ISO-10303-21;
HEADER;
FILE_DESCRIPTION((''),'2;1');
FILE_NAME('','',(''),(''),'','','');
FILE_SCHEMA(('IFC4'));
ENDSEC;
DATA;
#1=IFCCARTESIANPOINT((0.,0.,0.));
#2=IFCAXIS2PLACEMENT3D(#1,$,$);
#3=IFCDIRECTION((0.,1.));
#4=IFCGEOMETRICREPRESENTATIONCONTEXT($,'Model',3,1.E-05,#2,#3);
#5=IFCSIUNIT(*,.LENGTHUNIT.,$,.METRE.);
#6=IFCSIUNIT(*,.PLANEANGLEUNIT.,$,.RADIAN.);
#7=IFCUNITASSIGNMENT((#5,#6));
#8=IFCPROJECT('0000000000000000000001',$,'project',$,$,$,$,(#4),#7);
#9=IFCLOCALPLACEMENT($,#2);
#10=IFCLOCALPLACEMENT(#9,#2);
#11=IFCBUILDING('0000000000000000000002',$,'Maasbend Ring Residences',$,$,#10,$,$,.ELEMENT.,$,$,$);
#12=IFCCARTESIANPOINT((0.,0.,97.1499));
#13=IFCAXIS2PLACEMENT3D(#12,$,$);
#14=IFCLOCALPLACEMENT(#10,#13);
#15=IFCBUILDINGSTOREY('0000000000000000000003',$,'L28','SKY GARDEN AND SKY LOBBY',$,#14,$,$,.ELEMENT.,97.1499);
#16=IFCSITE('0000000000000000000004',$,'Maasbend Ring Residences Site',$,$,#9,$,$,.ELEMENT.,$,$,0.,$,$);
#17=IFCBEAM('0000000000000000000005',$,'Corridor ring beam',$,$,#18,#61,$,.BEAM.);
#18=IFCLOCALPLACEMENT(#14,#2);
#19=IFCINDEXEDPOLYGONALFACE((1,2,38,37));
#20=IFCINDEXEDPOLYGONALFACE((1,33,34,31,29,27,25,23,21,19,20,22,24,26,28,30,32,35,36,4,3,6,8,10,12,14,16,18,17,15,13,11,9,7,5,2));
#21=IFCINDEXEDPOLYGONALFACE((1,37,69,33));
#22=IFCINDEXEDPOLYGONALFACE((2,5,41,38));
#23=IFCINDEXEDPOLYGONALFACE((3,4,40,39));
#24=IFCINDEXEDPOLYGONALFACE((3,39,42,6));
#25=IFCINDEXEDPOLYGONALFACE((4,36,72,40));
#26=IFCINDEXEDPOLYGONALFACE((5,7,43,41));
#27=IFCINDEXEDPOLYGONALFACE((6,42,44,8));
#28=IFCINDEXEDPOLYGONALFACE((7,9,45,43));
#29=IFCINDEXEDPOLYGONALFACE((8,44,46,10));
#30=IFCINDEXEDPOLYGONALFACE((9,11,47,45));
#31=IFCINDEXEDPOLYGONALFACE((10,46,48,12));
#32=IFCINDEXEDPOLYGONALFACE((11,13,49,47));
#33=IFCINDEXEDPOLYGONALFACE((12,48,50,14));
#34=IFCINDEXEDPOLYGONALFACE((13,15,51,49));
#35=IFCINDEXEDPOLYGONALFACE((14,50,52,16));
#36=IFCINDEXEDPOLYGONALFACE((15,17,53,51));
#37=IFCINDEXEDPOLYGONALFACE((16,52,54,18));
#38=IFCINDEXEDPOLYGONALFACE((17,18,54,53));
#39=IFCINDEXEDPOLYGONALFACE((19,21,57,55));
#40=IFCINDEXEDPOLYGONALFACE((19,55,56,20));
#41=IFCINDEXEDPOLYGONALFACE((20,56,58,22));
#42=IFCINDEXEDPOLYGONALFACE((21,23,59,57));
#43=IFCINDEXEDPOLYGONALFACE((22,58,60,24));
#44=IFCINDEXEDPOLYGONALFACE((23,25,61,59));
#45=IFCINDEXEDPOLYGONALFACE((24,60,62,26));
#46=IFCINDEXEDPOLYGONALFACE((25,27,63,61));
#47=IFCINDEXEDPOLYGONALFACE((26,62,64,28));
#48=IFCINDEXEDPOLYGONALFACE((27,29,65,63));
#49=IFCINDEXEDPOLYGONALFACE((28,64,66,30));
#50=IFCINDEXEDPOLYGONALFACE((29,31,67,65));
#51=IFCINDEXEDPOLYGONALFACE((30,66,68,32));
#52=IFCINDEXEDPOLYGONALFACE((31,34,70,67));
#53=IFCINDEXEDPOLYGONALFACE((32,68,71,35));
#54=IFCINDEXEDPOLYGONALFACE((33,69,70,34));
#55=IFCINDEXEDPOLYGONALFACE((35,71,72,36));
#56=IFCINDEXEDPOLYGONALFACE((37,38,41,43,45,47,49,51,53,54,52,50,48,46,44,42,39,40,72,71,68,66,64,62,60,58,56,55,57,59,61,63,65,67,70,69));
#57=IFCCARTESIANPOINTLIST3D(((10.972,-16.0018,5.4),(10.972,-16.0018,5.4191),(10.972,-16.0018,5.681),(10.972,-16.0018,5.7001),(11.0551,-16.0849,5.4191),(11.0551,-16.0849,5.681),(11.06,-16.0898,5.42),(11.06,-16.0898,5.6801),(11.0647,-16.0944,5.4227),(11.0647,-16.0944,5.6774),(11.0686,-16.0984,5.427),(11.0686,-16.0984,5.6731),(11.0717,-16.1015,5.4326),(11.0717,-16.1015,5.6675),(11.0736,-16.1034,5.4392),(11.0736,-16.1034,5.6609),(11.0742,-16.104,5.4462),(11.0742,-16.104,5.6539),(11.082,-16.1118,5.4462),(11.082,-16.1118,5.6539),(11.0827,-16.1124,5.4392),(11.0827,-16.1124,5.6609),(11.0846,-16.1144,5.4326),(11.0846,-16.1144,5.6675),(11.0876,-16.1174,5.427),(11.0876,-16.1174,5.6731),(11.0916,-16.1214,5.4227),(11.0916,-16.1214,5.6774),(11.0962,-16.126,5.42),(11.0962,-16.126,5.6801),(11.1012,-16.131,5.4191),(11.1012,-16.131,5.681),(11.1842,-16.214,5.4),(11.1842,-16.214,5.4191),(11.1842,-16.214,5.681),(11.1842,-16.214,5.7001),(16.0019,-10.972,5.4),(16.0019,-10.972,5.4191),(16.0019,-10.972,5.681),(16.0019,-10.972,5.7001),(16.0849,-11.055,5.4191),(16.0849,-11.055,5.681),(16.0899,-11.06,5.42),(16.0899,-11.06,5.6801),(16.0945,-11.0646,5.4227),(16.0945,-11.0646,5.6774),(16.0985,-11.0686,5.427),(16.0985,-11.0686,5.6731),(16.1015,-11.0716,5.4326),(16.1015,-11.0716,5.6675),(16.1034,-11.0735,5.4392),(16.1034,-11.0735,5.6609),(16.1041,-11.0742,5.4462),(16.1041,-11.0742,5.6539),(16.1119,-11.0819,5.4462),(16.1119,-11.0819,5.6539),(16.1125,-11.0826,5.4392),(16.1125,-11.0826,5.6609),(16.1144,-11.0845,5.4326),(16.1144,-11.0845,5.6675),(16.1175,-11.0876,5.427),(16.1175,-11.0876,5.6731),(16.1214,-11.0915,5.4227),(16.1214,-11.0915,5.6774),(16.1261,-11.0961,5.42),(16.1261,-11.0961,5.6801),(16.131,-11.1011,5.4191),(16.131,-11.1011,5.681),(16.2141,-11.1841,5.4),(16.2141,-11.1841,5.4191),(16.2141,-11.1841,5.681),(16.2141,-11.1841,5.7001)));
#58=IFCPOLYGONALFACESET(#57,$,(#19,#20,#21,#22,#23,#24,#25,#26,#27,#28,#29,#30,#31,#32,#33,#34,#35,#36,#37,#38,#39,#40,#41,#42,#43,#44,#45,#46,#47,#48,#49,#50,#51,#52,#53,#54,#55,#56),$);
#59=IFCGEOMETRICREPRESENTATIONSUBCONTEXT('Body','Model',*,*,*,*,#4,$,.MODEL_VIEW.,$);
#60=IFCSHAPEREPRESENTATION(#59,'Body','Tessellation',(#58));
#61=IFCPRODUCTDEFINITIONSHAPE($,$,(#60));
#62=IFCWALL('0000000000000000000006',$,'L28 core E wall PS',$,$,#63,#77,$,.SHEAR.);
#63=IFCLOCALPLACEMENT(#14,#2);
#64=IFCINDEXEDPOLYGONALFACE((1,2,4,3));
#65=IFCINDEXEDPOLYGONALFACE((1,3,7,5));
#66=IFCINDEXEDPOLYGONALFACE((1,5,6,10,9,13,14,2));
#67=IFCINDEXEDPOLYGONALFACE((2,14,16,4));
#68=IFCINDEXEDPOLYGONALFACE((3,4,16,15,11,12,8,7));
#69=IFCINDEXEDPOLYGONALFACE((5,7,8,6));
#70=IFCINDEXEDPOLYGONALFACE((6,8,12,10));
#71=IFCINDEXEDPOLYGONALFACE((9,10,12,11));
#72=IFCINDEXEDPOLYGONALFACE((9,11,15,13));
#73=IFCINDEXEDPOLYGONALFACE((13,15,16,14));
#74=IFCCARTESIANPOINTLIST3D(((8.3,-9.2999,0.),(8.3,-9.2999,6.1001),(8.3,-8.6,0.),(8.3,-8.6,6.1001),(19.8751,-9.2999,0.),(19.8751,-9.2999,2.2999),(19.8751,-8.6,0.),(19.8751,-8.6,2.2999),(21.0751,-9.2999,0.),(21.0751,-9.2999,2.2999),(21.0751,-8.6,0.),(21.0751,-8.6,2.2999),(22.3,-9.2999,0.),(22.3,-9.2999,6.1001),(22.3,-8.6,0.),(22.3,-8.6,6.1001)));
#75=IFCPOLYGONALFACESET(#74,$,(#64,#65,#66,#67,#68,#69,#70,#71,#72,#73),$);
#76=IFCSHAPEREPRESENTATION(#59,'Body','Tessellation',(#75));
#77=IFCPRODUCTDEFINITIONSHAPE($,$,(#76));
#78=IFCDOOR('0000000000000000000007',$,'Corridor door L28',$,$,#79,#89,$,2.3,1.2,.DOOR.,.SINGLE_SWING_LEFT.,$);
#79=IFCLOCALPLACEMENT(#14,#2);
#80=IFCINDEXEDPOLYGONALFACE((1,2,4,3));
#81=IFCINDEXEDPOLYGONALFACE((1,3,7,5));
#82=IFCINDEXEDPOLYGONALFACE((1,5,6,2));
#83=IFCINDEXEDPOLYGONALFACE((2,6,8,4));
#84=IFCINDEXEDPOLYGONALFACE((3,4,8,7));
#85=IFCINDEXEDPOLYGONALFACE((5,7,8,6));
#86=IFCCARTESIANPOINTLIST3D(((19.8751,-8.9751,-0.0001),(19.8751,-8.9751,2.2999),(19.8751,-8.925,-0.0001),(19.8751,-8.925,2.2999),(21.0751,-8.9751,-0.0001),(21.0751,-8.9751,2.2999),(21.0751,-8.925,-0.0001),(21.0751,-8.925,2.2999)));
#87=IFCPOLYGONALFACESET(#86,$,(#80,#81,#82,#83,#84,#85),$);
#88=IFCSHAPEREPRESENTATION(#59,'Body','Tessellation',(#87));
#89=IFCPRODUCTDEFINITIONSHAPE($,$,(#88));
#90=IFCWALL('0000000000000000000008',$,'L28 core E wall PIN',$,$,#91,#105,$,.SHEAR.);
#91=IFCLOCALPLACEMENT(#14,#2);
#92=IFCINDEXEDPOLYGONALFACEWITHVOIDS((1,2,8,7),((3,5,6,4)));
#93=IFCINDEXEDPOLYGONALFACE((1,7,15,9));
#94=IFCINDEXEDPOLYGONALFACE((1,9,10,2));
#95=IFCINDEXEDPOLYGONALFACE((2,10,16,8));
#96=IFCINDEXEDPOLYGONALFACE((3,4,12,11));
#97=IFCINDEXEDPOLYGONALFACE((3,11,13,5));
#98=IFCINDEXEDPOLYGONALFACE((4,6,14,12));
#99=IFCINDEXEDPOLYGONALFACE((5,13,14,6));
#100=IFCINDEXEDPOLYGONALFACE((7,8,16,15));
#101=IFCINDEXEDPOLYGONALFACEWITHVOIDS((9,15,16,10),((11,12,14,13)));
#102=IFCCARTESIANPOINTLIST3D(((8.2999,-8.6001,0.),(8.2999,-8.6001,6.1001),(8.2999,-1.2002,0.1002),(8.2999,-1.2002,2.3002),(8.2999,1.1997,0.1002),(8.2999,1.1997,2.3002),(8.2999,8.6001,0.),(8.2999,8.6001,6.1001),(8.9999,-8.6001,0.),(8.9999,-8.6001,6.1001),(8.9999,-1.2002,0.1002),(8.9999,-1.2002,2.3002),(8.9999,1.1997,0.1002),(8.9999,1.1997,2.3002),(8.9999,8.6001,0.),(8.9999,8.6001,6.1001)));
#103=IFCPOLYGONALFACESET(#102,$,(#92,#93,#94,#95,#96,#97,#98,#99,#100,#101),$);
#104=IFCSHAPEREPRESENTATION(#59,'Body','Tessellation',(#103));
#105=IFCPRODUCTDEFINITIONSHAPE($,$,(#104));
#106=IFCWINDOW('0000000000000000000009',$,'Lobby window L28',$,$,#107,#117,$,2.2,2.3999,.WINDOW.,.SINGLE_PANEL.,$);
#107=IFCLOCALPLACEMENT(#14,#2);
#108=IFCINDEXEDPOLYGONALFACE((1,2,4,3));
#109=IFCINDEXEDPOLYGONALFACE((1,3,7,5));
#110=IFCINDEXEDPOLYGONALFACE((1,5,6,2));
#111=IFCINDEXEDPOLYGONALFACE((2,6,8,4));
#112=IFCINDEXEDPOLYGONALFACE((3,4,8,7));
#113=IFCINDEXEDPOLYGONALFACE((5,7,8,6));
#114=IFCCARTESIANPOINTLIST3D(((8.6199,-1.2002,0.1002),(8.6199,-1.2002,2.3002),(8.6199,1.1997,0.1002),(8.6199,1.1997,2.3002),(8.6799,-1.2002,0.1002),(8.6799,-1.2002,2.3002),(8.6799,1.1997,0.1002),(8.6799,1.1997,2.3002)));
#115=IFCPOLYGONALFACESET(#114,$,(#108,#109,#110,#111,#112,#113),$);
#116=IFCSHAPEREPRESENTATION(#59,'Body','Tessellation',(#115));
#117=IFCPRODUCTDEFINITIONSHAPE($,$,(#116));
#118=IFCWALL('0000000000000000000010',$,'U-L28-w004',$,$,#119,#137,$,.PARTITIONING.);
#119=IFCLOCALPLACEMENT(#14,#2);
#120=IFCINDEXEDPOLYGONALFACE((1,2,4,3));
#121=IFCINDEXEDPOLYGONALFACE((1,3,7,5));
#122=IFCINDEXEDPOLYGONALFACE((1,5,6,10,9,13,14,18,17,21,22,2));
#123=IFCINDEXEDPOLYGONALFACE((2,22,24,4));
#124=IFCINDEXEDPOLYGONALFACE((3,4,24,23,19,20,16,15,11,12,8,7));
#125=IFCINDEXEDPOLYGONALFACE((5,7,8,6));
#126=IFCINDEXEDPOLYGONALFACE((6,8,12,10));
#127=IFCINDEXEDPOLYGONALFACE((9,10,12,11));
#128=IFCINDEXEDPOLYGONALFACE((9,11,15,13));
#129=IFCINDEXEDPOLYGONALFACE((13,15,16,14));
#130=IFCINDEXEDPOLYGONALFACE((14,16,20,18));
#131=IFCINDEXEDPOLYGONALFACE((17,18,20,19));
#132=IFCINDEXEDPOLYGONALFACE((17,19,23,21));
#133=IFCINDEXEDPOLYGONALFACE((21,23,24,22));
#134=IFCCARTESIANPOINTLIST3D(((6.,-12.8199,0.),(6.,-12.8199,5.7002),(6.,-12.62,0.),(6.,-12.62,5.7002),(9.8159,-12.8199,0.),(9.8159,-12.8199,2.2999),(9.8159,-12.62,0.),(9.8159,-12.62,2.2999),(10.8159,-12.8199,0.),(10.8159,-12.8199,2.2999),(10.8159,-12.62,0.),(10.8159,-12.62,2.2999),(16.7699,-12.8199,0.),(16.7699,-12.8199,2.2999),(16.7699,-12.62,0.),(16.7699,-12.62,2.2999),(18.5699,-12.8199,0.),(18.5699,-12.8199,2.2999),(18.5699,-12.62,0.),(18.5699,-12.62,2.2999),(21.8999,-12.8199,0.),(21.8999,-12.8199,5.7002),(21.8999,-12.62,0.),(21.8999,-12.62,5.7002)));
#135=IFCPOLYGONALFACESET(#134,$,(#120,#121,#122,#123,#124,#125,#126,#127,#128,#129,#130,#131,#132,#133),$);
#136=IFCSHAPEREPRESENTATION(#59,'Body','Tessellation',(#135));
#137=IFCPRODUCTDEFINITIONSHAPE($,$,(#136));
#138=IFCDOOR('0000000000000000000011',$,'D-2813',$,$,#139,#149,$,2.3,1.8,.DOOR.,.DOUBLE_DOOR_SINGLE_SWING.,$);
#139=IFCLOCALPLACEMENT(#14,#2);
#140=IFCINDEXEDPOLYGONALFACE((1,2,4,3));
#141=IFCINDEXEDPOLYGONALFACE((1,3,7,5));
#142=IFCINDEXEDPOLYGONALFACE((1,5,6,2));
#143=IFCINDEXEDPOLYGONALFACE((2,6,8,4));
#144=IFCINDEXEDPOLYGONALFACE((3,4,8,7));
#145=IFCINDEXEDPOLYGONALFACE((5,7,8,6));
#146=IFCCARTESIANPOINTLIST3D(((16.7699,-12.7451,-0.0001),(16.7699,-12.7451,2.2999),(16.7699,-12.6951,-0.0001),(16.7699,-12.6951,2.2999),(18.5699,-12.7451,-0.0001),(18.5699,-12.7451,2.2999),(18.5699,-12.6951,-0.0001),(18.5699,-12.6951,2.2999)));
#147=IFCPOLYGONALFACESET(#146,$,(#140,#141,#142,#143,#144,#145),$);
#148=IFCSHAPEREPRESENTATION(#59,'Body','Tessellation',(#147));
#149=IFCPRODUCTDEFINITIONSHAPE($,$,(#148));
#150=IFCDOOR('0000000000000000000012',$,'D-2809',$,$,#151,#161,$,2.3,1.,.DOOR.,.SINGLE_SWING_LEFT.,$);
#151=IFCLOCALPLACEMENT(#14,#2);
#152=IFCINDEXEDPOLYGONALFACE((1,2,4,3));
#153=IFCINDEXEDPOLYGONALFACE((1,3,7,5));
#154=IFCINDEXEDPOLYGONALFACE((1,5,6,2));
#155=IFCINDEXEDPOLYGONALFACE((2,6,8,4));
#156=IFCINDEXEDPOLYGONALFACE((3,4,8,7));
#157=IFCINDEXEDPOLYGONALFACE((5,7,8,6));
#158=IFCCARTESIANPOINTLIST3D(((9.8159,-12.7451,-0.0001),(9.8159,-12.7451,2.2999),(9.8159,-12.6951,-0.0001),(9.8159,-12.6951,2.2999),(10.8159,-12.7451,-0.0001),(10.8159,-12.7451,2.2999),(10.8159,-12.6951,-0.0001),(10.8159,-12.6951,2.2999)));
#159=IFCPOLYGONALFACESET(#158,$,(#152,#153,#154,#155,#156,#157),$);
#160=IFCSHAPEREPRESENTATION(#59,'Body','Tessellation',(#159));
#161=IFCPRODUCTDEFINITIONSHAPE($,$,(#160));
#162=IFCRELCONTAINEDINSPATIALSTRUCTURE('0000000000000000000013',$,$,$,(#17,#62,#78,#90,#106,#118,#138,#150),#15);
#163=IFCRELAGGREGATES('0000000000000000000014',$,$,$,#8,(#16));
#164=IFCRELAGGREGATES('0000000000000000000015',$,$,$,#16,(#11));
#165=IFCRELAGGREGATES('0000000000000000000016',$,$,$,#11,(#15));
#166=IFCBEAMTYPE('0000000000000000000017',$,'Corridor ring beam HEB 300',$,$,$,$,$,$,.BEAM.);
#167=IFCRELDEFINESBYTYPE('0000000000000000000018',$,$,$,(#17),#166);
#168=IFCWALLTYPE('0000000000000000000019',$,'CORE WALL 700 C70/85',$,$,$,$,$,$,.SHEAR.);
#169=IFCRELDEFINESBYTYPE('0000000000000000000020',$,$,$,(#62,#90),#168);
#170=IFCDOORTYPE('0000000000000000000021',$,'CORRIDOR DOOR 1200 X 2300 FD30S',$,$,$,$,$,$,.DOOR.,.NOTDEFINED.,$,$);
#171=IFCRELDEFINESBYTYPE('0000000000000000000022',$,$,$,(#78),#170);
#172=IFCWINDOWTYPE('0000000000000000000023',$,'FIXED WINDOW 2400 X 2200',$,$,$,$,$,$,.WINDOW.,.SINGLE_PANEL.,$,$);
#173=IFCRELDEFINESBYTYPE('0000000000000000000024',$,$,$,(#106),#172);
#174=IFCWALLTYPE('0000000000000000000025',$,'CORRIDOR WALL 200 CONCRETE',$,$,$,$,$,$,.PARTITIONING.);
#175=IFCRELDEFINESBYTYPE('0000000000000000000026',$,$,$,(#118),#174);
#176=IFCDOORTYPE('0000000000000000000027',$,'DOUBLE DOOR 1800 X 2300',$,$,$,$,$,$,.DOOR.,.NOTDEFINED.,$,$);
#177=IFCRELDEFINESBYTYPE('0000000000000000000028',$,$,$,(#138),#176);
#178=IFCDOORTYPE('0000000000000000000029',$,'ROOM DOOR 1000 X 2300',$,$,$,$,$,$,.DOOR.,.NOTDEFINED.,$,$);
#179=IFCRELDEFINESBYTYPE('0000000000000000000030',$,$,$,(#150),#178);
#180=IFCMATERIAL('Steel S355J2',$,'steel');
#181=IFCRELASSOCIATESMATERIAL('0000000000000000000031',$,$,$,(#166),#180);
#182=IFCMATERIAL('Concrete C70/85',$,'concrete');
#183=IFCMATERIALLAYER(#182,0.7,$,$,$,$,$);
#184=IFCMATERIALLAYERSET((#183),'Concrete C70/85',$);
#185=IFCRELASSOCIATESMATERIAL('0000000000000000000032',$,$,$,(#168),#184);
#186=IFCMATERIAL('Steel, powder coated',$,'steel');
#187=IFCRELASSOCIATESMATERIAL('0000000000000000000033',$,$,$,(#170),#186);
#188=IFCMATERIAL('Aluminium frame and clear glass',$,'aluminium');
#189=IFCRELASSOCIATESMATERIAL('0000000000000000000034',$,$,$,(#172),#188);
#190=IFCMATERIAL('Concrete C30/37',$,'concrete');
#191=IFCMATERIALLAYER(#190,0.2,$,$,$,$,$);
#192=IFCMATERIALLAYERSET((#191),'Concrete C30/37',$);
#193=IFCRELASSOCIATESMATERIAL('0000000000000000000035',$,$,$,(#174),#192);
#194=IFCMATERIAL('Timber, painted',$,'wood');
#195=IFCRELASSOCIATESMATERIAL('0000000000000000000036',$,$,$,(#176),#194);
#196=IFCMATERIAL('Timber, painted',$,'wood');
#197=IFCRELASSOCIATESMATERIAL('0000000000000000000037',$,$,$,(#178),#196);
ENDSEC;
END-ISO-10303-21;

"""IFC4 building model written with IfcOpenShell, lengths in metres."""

from ifc_helpers import new_model, si_unit, direction, frame, frame_2d, origin, origin_2d, place, context, subcontext, project, spatial, rectangle, i_section, extrude, material, layer, layer_set, material_profile, profile_set, type_object, element, fill, save


model = new_model("IFC4")

# Units and contexts
model_context = context("Model", 3, precision=1e-05, world=origin(), true_north=direction((0.0, 1.0)))
body_context = subcontext(model_context, "Body", "Model", "MODEL_VIEW")
ifc_project = project(units=[si_unit("LENGTHUNIT", "METRE"), si_unit("PLANEANGLEUNIT", "RADIAN")], contexts=[model_context])

# Site, building, storey
site_placement = place(None, origin())
site = spatial("IfcSite", under=ifc_project, at=site_placement, Name="Maasbend Ring Residences Site", CompositionType="ELEMENT", RefElevation=0.0)
building_placement = place(site_placement, origin())
building = spatial("IfcBuilding", under=site, at=building_placement, Name="Maasbend Ring Residences", CompositionType="ELEMENT")
storey_placement = place(building_placement, frame((0.0, 0.0, 97.1499)))
storey = spatial("IfcBuildingStorey", under=building, at=storey_placement, Name="L28", Description="SKY GARDEN AND SKY LOBBY", CompositionType="ELEMENT", Elevation=97.1499)

# Beam
ifc_material_1 = material(Name="Steel S355J2", Category="steel")
ifc_material_profile_1 = material_profile(ifc_material_1, i_section(OverallWidth=0.3, OverallDepth=0.3, WebThickness=0.011, FlangeThickness=0.019, FilletRadius=0.0271, at=origin_2d()), Name="HEB 300")
ifc_profile_set_1 = profile_set([ifc_material_profile_1], Name="Steel S355J2")
beam_type_1 = type_object("IfcBeamType", Name="Corridor ring beam HEB 300", PredefinedType="BEAM", material=ifc_profile_set_1)
for number, where, z_axis, x_axis, name in (
    (1, (11.0781, -16.1079, 5.55), (0.707107, 0.707107, 0.0), (-0.707107, 0.707107, 0.0), "Corridor ring beam"),
):
    element("IfcBeam", number, at=place(storey_placement, frame(where, z_axis=z_axis, x_axis=x_axis)), inside=storey, type_object=beam_type_1, Name=name, PredefinedType="BEAM", context=body_context, shape_type="SweptSolid", body=[
        extrude(i_section(OverallWidth=0.3, OverallDepth=0.3, WebThickness=0.011, FlangeThickness=0.019, FilletRadius=0.0271, at=origin_2d()), origin(), (0.0, 0.0, 1.0), 7.1133),
    ])

# Wall, opening, door
ifc_material_2 = material(Name="Concrete C70/85", Category="concrete")
ifc_layer_1 = layer(ifc_material_2, 0.7)
ifc_layer_set_1 = layer_set([ifc_layer_1], Name="Concrete C70/85")
wall_type_1 = type_object("IfcWallType", Name="CORE WALL 700 C70/85", PredefinedType="SHEAR", material=ifc_layer_set_1)
wall_1_placement = place(storey_placement, frame((8.3, -8.95, 0.0), z_axis=(0.0, 0.0, 1.0), x_axis=(1.0, 0.0, 0.0)))
wall_1 = element("IfcWall", 2, at=wall_1_placement, inside=storey, type_object=wall_type_1, Name="L28 core E wall PS", PredefinedType="SHEAR", context=body_context, shape_type="SweptSolid", body=[
    extrude(rectangle(XDim=14.0, YDim=0.7, at=frame_2d((7.0, 0.0))), origin(), (0.0, 0.0, 1.0), 6.1001),
])
opening_1_placement = place(wall_1_placement, frame((11.575, 0.0, 0.0)))
opening_1 = element("IfcOpeningElement", 3, at=opening_1_placement, cuts=wall_1, PredefinedType="OPENING", context=body_context, shape_type="SweptSolid", body=[
    extrude(rectangle(XDim=1.2, YDim=2.3, at=frame_2d((0.6001, 1.1499))), frame((0.0, 0.3599, 0.0), z_axis=(0.0, -1.0, 0.0), x_axis=(1.0, 0.0, 0.0)), (0.0, 0.0, 1.0), 0.72),
])
ifc_material_3 = material(Name="Steel, powder coated", Category="steel")
door_type_1 = type_object("IfcDoorType", Name="CORRIDOR DOOR 1200 X 2300 FD30S", OperationType="NOTDEFINED", PredefinedType="DOOR", material=ifc_material_3)
door_1_placement = place(opening_1_placement, origin())
door_1 = element("IfcDoor", 4, at=door_1_placement, inside=storey, type_object=door_type_1, Name="Corridor door L28", OperationType="SINGLE_SWING_LEFT", OverallHeight=2.3, OverallWidth=1.2, PredefinedType="DOOR", context=body_context, shape_type="SweptSolid", body=[
    extrude(rectangle(XDim=1.2, YDim=2.3, at=frame_2d((0.6001, 1.1499))), frame((0.0, 0.0249, 0.0), z_axis=(0.0, -1.0, 0.0), x_axis=(1.0, 0.0, 0.0)), (0.0, 0.0, 1.0), 0.05),
])
fill(opening_1, door_1)

# Wall, opening, window
wall_2_placement = place(storey_placement, frame((8.6499, -8.6001, 0.0), z_axis=(0.0, 0.0, 1.0), x_axis=(0.0, 1.0, 0.0)))
wall_2 = element("IfcWall", 5, at=wall_2_placement, inside=storey, type_object=wall_type_1, Name="L28 core E wall PIN", PredefinedType="SHEAR", context=body_context, shape_type="SweptSolid", body=[
    extrude(rectangle(XDim=17.2002, YDim=0.7, at=frame_2d((8.6001, 0.0))), origin(), (0.0, 0.0, 1.0), 6.1001),
])
opening_2_placement = place(wall_2_placement, frame((7.3999, 0.0, 0.1001)))
opening_2 = element("IfcOpeningElement", 6, at=opening_2_placement, cuts=wall_2, PredefinedType="OPENING", context=body_context, shape_type="SweptSolid", body=[
    extrude(rectangle(XDim=2.3999, YDim=2.2, at=frame_2d((1.2, 1.1001))), frame((0.0, 0.3599, 0.0), z_axis=(0.0, -1.0, 0.0), x_axis=(1.0, 0.0, 0.0)), (0.0, 0.0, 1.0), 0.72),
])
ifc_material_4 = material(Name="Aluminium frame and clear glass", Category="aluminium")
window_type = type_object("IfcWindowType", Name="FIXED WINDOW 2400 X 2200", PartitioningType="SINGLE_PANEL", PredefinedType="WINDOW", material=ifc_material_4)
window_placement = place(opening_2_placement, origin())
window = element("IfcWindow", 7, at=window_placement, inside=storey, type_object=window_type, Name="Lobby window L28", OverallHeight=2.2, OverallWidth=2.3999, PartitioningType="SINGLE_PANEL", PredefinedType="WINDOW", context=body_context, shape_type="SweptSolid", body=[
    extrude(rectangle(XDim=2.3999, YDim=2.2, at=frame_2d((1.2, 1.1001))), frame((0.0, 0.03, 0.0), z_axis=(0.0, -1.0, 0.0), x_axis=(1.0, 0.0, 0.0)), (0.0, 0.0, 1.0), 0.0601),
])
fill(opening_2, window)

# Wall, openings, doors
ifc_material_5 = material(Name="Concrete C30/37", Category="concrete")
ifc_layer_2 = layer(ifc_material_5, 0.2)
ifc_layer_set_2 = layer_set([ifc_layer_2], Name="Concrete C30/37")
wall_type_2 = type_object("IfcWallType", Name="CORRIDOR WALL 200 CONCRETE", PredefinedType="PARTITIONING", material=ifc_layer_set_2)
wall_3_placement = place(storey_placement, frame((6.0, -12.72, 0.0), z_axis=(0.0, 0.0, 1.0), x_axis=(1.0, 0.0, 0.0)))
wall_3 = element("IfcWall", 8, at=wall_3_placement, inside=storey, type_object=wall_type_2, Name="U-L28-w004", PredefinedType="PARTITIONING", context=body_context, shape_type="SweptSolid", body=[
    extrude(rectangle(XDim=15.8999, YDim=0.2, at=frame_2d((7.95, 0.0))), origin(), (0.0, 0.0, 1.0), 5.7002),
])
opening_3_placement = place(wall_3_placement, frame((3.8159, 0.0, 0.0)))
opening_3 = element("IfcOpeningElement", 9, at=opening_3_placement, cuts=wall_3, PredefinedType="OPENING", context=body_context, shape_type="SweptSolid", body=[
    extrude(rectangle(XDim=1.0, YDim=2.3, at=frame_2d((0.5, 1.1499))), frame((0.0, 0.1099, 0.0), z_axis=(0.0, -1.0, 0.0), x_axis=(1.0, 0.0, 0.0)), (0.0, 0.0, 1.0), 0.22),
])
opening_4_placement = place(wall_3_placement, frame((10.77, 0.0, 0.0)))
opening_4 = element("IfcOpeningElement", 10, at=opening_4_placement, cuts=wall_3, PredefinedType="OPENING", context=body_context, shape_type="SweptSolid", body=[
    extrude(rectangle(XDim=1.8, YDim=2.3, at=frame_2d((0.8999, 1.1499))), frame((0.0, 0.1099, 0.0), z_axis=(0.0, -1.0, 0.0), x_axis=(1.0, 0.0, 0.0)), (0.0, 0.0, 1.0), 0.22),
])
ifc_material_6 = material(Name="Timber, painted", Category="wood")
door_type_2 = type_object("IfcDoorType", Name="DOUBLE DOOR 1800 X 2300", OperationType="NOTDEFINED", PredefinedType="DOOR", material=ifc_material_6)
door_2_placement = place(opening_4_placement, origin())
door_2 = element("IfcDoor", 11, at=door_2_placement, inside=storey, type_object=door_type_2, Name="D-2813", OperationType="DOUBLE_DOOR_SINGLE_SWING", OverallHeight=2.3, OverallWidth=1.8, PredefinedType="DOOR", context=body_context, shape_type="SweptSolid", body=[
    extrude(rectangle(XDim=1.8, YDim=2.3, at=frame_2d((0.8999, 1.1499))), frame((0.0, 0.0249, 0.0), z_axis=(0.0, -1.0, 0.0), x_axis=(1.0, 0.0, 0.0)), (0.0, 0.0, 1.0), 0.05),
])
fill(opening_4, door_2)
ifc_material_7 = material(Name="Timber, painted", Category="wood")
door_type_3 = type_object("IfcDoorType", Name="ROOM DOOR 1000 X 2300", OperationType="NOTDEFINED", PredefinedType="DOOR", material=ifc_material_7)
door_3_placement = place(opening_3_placement, origin())
door_3 = element("IfcDoor", 12, at=door_3_placement, inside=storey, type_object=door_type_3, Name="D-2809", OperationType="SINGLE_SWING_LEFT", OverallHeight=2.3, OverallWidth=1.0, PredefinedType="DOOR", context=body_context, shape_type="SweptSolid", body=[
    extrude(rectangle(XDim=1.0, YDim=2.3, at=frame_2d((0.5, 1.1499))), frame((0.0, 0.0249, 0.0), z_axis=(0.0, -1.0, 0.0), x_axis=(1.0, 0.0, 0.0)), (0.0, 0.0, 1.0), 0.05),
])
fill(opening_3, door_3)

save(model, "model.ifc")
